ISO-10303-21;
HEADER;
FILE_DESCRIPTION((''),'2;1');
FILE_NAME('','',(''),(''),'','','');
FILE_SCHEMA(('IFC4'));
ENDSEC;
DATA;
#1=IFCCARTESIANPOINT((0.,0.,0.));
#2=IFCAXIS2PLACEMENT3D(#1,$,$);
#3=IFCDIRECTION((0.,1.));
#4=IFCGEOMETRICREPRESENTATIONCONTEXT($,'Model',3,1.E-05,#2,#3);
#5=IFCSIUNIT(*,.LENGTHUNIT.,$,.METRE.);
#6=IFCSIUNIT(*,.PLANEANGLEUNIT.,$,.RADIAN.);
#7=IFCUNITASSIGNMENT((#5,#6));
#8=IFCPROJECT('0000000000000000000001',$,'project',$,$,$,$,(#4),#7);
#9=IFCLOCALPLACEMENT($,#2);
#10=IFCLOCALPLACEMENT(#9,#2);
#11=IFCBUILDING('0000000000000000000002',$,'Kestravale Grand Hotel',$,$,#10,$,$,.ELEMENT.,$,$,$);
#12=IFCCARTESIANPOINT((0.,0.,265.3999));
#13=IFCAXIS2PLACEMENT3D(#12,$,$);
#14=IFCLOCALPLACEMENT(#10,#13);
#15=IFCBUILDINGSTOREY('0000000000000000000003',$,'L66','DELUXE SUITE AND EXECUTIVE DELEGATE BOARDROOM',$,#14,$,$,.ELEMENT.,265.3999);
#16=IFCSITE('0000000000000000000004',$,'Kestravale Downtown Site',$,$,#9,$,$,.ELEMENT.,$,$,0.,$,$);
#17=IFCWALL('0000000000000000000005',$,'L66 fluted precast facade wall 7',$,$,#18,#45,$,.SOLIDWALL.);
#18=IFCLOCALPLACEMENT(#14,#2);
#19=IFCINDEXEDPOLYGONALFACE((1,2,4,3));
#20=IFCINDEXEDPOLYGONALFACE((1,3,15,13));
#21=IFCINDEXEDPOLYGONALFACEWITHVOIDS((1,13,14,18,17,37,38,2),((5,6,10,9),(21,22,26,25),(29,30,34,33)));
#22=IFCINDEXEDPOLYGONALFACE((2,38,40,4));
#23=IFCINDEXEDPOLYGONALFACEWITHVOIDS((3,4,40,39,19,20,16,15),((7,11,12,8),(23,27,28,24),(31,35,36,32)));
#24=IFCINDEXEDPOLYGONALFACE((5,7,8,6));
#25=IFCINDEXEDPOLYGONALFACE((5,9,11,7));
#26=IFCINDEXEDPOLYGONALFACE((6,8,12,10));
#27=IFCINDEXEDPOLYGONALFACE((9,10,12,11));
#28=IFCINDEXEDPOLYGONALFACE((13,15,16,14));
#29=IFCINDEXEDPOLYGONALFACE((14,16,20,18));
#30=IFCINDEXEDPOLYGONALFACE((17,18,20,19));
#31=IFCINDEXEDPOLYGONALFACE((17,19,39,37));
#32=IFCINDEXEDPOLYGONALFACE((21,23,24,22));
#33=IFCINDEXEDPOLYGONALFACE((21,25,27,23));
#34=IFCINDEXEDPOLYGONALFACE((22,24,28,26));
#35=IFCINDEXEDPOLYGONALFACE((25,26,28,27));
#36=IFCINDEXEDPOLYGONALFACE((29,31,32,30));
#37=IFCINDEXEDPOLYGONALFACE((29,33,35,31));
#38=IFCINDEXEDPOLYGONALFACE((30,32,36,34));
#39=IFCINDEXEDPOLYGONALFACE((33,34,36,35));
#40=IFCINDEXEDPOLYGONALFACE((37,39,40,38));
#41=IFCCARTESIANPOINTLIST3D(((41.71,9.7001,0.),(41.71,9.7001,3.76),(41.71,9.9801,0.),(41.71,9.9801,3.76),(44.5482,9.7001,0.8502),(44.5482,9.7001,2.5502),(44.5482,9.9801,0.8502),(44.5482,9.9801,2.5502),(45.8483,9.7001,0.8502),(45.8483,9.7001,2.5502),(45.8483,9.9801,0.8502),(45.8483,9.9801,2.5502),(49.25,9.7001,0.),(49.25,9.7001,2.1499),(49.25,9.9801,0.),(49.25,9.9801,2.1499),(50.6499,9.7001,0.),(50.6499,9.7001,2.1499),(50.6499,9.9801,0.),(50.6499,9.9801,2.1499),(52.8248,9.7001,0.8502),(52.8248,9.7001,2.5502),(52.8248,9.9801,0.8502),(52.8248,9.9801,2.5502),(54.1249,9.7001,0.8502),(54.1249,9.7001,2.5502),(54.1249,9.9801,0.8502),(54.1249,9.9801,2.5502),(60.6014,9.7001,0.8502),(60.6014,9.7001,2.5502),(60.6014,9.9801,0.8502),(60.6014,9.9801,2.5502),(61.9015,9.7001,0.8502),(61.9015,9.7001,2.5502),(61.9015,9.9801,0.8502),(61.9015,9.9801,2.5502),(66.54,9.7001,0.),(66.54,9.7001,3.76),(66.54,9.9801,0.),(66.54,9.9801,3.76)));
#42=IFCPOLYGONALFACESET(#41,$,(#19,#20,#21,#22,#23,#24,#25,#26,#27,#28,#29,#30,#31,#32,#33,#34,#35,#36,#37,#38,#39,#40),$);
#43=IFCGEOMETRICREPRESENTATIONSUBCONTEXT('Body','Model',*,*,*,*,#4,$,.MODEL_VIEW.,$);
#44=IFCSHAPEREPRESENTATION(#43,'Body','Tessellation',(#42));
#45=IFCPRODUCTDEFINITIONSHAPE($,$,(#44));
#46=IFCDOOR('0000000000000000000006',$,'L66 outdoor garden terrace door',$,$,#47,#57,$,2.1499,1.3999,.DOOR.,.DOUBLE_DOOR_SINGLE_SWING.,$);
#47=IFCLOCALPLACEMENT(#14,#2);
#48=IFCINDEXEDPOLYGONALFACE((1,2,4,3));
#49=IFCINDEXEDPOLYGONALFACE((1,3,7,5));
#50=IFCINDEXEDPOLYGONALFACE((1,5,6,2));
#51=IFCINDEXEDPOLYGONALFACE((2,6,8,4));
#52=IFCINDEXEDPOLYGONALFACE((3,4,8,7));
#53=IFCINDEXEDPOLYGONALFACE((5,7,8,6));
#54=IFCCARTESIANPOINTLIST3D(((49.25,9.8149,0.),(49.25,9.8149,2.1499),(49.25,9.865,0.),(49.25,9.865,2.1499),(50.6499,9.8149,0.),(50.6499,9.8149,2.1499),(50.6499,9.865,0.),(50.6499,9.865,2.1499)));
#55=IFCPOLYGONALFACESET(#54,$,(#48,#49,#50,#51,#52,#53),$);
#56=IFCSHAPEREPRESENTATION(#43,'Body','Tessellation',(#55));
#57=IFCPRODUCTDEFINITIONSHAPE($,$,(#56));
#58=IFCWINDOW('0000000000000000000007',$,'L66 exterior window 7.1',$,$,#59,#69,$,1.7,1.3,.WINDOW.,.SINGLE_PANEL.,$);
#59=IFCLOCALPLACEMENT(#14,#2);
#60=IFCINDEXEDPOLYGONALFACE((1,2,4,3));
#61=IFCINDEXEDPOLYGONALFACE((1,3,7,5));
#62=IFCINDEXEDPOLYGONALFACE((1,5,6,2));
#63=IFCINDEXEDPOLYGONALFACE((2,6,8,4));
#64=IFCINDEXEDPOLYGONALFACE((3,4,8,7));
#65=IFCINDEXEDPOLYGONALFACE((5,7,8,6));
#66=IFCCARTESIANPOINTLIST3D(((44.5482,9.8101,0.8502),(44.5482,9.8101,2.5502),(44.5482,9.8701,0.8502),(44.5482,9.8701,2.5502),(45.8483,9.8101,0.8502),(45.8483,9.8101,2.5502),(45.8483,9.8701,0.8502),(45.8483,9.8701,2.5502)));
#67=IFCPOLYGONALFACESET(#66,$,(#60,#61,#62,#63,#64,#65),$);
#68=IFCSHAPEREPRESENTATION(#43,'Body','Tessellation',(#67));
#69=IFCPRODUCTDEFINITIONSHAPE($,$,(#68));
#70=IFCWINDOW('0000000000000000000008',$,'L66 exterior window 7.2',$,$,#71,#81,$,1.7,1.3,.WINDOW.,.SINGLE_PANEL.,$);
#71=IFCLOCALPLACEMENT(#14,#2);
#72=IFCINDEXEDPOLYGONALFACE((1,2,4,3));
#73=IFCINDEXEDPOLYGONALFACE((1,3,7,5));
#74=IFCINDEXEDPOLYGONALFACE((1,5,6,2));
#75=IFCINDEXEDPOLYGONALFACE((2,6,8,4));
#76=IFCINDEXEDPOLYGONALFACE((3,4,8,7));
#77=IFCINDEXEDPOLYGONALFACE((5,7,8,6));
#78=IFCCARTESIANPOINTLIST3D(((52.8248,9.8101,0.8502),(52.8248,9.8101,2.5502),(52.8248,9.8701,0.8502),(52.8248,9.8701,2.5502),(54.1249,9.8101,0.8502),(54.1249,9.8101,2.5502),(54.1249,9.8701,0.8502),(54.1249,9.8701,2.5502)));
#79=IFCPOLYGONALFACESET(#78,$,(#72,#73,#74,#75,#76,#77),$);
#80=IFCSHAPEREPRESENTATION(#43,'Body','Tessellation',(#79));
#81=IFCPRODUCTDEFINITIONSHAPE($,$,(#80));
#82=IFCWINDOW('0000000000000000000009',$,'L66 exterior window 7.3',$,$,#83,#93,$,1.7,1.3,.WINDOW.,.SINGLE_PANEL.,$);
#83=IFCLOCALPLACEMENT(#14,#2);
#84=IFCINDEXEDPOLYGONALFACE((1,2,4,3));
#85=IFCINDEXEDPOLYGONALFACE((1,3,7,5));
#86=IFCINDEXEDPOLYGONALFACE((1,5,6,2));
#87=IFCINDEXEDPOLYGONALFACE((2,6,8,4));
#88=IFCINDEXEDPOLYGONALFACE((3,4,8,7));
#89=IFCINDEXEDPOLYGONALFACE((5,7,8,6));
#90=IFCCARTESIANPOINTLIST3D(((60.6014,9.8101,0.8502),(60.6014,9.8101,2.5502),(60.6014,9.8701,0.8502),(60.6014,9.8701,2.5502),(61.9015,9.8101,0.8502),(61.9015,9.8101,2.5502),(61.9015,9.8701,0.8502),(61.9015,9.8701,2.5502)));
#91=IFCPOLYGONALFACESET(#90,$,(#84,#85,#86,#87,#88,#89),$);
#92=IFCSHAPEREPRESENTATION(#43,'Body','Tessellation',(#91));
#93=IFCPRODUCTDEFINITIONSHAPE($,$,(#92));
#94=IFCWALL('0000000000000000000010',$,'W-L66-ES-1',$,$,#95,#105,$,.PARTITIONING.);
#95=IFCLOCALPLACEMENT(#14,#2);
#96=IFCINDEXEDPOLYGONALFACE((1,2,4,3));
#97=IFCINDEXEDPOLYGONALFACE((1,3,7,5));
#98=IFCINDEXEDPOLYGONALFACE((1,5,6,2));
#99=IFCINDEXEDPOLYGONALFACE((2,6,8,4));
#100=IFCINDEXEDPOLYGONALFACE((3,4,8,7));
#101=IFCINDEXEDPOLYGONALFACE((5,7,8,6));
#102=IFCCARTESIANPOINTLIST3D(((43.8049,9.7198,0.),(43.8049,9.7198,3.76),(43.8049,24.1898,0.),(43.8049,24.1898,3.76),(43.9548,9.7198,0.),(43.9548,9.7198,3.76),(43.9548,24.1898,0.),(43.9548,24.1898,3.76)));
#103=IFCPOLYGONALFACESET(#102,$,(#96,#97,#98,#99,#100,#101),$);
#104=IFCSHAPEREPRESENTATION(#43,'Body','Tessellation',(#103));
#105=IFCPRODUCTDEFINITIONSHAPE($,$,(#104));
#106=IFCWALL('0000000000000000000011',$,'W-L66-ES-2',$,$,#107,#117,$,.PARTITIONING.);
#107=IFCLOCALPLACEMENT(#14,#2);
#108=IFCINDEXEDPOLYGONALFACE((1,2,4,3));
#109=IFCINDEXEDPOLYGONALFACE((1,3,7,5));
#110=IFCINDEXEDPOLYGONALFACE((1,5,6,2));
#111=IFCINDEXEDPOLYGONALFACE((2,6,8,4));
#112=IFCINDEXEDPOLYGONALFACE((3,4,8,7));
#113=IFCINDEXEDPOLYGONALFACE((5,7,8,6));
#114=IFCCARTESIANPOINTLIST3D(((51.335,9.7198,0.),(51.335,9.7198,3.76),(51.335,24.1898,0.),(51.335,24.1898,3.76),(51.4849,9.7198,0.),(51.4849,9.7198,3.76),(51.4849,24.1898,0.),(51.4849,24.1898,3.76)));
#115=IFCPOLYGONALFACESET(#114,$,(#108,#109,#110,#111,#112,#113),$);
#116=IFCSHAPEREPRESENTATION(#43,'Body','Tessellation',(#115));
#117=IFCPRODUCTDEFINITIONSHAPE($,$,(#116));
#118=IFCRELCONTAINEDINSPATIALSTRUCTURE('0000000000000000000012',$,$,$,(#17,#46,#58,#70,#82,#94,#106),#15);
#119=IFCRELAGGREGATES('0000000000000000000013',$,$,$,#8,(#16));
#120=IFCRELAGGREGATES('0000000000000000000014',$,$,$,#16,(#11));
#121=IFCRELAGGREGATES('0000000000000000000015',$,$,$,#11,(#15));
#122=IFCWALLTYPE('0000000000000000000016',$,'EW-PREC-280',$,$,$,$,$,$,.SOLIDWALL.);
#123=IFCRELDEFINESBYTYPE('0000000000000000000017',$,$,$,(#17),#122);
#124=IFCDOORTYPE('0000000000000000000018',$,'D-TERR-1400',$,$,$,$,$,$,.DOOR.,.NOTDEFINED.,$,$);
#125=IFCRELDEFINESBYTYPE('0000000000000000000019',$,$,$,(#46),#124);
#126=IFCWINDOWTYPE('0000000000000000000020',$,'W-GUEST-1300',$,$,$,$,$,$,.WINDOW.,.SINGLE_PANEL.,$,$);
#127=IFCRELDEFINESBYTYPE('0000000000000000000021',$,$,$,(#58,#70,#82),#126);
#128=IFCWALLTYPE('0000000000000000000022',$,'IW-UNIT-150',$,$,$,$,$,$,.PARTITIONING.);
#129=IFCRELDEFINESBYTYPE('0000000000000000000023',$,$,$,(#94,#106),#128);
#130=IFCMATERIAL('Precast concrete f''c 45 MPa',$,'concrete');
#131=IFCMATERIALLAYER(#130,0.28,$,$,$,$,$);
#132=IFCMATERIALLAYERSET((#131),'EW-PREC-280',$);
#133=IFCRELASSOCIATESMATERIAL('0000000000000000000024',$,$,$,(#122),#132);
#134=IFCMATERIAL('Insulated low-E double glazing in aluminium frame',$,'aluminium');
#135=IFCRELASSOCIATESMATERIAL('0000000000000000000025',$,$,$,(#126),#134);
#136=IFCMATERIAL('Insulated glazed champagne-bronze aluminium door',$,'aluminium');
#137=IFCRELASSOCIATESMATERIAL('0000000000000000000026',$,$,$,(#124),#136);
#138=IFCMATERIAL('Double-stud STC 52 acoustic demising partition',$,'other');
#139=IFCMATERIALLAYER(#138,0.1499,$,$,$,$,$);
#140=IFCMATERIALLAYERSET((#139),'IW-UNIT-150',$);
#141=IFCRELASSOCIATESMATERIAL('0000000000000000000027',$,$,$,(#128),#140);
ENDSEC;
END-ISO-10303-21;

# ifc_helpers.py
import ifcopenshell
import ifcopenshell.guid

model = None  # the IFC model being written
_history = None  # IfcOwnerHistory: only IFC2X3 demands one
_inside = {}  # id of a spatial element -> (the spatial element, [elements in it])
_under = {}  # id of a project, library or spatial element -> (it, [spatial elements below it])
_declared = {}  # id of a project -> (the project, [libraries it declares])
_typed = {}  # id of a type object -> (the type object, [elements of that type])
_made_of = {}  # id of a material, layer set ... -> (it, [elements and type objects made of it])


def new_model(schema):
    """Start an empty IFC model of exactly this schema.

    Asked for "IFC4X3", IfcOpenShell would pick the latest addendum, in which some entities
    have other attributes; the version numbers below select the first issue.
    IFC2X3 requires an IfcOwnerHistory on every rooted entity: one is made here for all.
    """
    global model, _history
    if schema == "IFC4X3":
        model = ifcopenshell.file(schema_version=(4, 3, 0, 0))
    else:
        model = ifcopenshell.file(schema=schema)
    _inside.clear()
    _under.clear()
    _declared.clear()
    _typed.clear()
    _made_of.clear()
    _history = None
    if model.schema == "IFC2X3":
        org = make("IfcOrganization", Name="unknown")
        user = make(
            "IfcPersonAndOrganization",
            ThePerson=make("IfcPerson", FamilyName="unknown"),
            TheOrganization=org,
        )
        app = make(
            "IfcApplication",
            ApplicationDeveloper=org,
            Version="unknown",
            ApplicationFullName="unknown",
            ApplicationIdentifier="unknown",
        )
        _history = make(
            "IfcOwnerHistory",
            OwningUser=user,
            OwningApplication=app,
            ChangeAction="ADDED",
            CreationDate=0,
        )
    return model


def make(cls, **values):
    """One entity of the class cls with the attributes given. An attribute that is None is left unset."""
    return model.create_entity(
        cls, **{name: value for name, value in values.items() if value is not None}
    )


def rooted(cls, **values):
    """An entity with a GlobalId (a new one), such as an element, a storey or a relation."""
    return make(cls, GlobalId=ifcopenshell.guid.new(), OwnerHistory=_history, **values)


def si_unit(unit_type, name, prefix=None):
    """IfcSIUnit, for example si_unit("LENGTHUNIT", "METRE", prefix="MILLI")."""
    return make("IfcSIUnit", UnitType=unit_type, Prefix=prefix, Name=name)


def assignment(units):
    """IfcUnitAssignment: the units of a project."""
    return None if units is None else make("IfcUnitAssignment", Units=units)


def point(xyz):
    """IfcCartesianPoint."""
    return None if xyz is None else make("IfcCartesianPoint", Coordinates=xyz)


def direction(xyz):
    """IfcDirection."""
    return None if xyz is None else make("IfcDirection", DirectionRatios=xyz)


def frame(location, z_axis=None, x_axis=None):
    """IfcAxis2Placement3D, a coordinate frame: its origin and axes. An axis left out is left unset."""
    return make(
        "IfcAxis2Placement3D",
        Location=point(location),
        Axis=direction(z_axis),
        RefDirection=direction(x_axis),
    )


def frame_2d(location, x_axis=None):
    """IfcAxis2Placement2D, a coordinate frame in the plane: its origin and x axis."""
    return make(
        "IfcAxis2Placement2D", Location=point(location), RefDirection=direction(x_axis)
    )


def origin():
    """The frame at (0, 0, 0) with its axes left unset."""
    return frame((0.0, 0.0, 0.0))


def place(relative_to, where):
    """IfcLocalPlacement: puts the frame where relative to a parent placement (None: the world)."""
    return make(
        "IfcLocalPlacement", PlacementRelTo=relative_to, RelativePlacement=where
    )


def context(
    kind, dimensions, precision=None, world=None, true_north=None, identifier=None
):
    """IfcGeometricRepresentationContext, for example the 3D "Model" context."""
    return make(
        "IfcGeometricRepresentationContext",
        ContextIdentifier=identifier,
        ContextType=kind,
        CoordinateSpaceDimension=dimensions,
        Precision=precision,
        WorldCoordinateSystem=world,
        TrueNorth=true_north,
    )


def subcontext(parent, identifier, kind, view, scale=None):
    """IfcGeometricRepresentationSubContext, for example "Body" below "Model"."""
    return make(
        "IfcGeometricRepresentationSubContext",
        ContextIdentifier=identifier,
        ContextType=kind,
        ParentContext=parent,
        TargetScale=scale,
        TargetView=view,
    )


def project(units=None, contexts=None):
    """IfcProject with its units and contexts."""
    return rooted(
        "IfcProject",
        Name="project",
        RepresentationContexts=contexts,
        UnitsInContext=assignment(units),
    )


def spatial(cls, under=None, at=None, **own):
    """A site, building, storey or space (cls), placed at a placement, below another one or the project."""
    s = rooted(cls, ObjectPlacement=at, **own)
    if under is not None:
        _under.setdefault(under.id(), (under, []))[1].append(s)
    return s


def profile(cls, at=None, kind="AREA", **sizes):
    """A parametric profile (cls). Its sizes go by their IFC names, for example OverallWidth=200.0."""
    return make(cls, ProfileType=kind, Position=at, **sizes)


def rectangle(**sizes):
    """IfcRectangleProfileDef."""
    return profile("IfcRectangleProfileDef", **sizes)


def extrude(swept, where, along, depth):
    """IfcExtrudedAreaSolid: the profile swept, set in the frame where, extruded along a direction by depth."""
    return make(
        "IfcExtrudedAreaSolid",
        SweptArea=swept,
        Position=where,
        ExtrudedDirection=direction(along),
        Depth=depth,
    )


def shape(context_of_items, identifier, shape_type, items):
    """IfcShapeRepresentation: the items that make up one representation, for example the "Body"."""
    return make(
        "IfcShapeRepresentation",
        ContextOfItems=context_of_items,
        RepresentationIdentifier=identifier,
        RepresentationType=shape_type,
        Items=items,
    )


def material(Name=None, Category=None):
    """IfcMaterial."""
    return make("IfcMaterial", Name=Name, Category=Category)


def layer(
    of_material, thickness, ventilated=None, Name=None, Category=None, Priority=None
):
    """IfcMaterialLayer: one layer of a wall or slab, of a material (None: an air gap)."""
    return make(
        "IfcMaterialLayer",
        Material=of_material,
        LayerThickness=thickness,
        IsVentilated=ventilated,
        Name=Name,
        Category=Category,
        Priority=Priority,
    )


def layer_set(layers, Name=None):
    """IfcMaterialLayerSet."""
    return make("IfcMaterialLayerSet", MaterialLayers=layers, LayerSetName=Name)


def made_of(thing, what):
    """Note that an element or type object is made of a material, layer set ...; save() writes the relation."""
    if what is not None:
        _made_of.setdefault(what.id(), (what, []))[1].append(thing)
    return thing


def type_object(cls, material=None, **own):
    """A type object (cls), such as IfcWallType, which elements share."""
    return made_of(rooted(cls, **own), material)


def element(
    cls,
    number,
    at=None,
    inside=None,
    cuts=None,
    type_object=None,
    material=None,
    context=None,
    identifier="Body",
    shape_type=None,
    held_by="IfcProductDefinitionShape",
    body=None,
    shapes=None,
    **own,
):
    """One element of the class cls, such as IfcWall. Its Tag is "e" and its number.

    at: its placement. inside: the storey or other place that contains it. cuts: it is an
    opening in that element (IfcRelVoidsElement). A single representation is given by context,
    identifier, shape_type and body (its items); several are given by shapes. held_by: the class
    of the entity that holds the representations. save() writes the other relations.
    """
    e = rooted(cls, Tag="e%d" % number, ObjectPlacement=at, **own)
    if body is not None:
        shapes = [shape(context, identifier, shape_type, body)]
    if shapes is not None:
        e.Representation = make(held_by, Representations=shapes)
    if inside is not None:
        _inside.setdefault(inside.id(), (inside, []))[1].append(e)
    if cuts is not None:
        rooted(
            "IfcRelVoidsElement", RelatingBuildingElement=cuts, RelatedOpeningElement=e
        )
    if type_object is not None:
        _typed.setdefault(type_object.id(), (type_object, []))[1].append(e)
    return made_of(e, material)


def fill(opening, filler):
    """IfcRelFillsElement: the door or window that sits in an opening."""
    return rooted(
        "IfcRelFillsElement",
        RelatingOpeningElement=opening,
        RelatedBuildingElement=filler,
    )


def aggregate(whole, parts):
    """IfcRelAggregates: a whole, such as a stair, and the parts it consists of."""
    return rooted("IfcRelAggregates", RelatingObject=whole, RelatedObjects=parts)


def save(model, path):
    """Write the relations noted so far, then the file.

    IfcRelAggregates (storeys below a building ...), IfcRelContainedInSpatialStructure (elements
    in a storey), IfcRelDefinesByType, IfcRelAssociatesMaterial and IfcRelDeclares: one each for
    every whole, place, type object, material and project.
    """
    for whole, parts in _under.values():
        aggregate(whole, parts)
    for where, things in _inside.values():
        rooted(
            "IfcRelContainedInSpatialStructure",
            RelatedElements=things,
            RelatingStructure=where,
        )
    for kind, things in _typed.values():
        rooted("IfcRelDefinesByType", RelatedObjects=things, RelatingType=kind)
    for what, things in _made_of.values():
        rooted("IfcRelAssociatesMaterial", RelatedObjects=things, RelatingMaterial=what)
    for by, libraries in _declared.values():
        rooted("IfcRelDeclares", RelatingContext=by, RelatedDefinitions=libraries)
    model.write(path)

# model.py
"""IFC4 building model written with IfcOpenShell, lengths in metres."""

from ifc_helpers import new_model, si_unit, direction, frame, frame_2d, origin, place, context, subcontext, project, spatial, rectangle, extrude, material, layer, layer_set, type_object, element, fill, save


model = new_model("IFC4")

# Units and contexts
model_context = context("Model", 3, precision=1e-05, world=origin(), true_north=direction((0.0, 1.0)))
body_context = subcontext(model_context, "Body", "Model", "MODEL_VIEW")
ifc_project = project(units=[si_unit("LENGTHUNIT", "METRE"), si_unit("PLANEANGLEUNIT", "RADIAN")], contexts=[model_context])

# Site, building, storey
site_placement = place(None, origin())
site = spatial("IfcSite", under=ifc_project, at=site_placement, Name="Kestravale Downtown Site", CompositionType="ELEMENT", RefElevation=0.0)
building_placement = place(site_placement, origin())
building = spatial("IfcBuilding", under=site, at=building_placement, Name="Kestravale Grand Hotel", CompositionType="ELEMENT")
storey_placement = place(building_placement, frame((0.0, 0.0, 265.3999)))
storey = spatial("IfcBuildingStorey", under=building, at=storey_placement, Name="L66", Description="DELUXE SUITE AND EXECUTIVE DELEGATE BOARDROOM", CompositionType="ELEMENT", Elevation=265.3999)

# Shared definitions
ifc_material_1 = material(Name="Precast concrete f'c 45 MPa", Category="concrete")
ifc_layer_1 = layer(ifc_material_1, 0.28)
ifc_layer_set_1 = layer_set([ifc_layer_1], Name="EW-PREC-280")
wall_type_1 = type_object("IfcWallType", Name="EW-PREC-280", PredefinedType="SOLIDWALL", material=ifc_layer_set_1)
ifc_material_2 = material(Name="Insulated low-E double glazing in aluminium frame", Category="aluminium")
window_type = type_object("IfcWindowType", Name="W-GUEST-1300", PartitioningType="SINGLE_PANEL", PredefinedType="WINDOW", material=ifc_material_2)

# Wall, openings, door, windows
wall_1_placement = place(storey_placement, frame((41.71, 9.8401, 0.0), z_axis=(0.0, 0.0, 1.0), x_axis=(1.0, 0.0, 0.0)))
wall_1 = element("IfcWall", 1, at=wall_1_placement, inside=storey, type_object=wall_type_1, Name="L66 fluted precast facade wall 7", PredefinedType="SOLIDWALL", context=body_context, shape_type="SweptSolid", body=[
    extrude(rectangle(XDim=24.8301, YDim=0.28, at=frame_2d((12.415, 0.0))), origin(), (0.0, 0.0, 1.0), 3.76),
])
opening_1_placement = place(wall_1_placement, frame((7.54, 0.0, 0.0)))
opening_1 = element("IfcOpeningElement", 2, at=opening_1_placement, cuts=wall_1, PredefinedType="OPENING", context=body_context, shape_type="SweptSolid", body=[
    extrude(rectangle(XDim=1.3999, YDim=2.1499, at=frame_2d((0.7, 1.075))), frame((0.0, 0.1499, 0.0), z_axis=(0.0, -1.0, 0.0), x_axis=(1.0, 0.0, 0.0)), (0.0, 0.0, 1.0), 0.3),
])
opening_2_placement = place(wall_1_placement, frame((2.8384, 0.0, 0.8501)))
opening_2 = element("IfcOpeningElement", 3, at=opening_2_placement, cuts=wall_1, PredefinedType="OPENING", context=body_context, shape_type="SweptSolid", body=[
    extrude(rectangle(XDim=1.3, YDim=1.7, at=frame_2d((0.6499, 0.8501))), frame((0.0, 0.1499, 0.0), z_axis=(0.0, -1.0, 0.0), x_axis=(1.0, 0.0, 0.0)), (0.0, 0.0, 1.0), 0.3),
])
opening_3_placement = place(wall_1_placement, frame((11.115, 0.0, 0.8501)))
opening_3 = element("IfcOpeningElement", 4, at=opening_3_placement, cuts=wall_1, PredefinedType="OPENING", context=body_context, shape_type="SweptSolid", body=[
    extrude(rectangle(XDim=1.3, YDim=1.7, at=frame_2d((0.6499, 0.8501))), frame((0.0, 0.1499, 0.0), z_axis=(0.0, -1.0, 0.0), x_axis=(1.0, 0.0, 0.0)), (0.0, 0.0, 1.0), 0.3),
])
opening_4_placement = place(wall_1_placement, frame((18.8916, 0.0, 0.8501)))
opening_4 = element("IfcOpeningElement", 5, at=opening_4_placement, cuts=wall_1, PredefinedType="OPENING", context=body_context, shape_type="SweptSolid", body=[
    extrude(rectangle(XDim=1.3, YDim=1.7, at=frame_2d((0.6499, 0.8501))), frame((0.0, 0.1499, 0.0), z_axis=(0.0, -1.0, 0.0), x_axis=(1.0, 0.0, 0.0)), (0.0, 0.0, 1.0), 0.3),
])
ifc_material_3 = material(Name="Insulated glazed champagne-bronze aluminium door", Category="aluminium")
door_type = type_object("IfcDoorType", Name="D-TERR-1400", OperationType="NOTDEFINED", PredefinedType="DOOR", material=ifc_material_3)
door_placement = place(opening_1_placement, origin())
door = element("IfcDoor", 6, at=door_placement, inside=storey, type_object=door_type, Name="L66 outdoor garden terrace door", OperationType="DOUBLE_DOOR_SINGLE_SWING", OverallHeight=2.1499, OverallWidth=1.3999, PredefinedType="DOOR", context=body_context, shape_type="SweptSolid", body=[
    extrude(rectangle(XDim=1.3999, YDim=2.1499, at=frame_2d((0.7, 1.075))), frame((0.0, 0.0249, 0.0), z_axis=(0.0, -1.0, 0.0), x_axis=(1.0, 0.0, 0.0)), (0.0, 0.0, 1.0), 0.05),
])
fill(opening_1, door)
window_1_placement = place(opening_2_placement, origin())
window_1 = element("IfcWindow", 7, at=window_1_placement, inside=storey, type_object=window_type, Name="L66 exterior window 7.1", OverallHeight=1.7, OverallWidth=1.3, PartitioningType="SINGLE_PANEL", PredefinedType="WINDOW", context=body_context, shape_type="SweptSolid", body=[
    extrude(rectangle(XDim=1.3, YDim=1.7, at=frame_2d((0.6499, 0.8501))), frame((0.0, 0.03, 0.0), z_axis=(0.0, -1.0, 0.0), x_axis=(1.0, 0.0, 0.0)), (0.0, 0.0, 1.0), 0.0601),
])
fill(opening_2, window_1)
window_2_placement = place(opening_3_placement, origin())
window_2 = element("IfcWindow", 8, at=window_2_placement, inside=storey, type_object=window_type, Name="L66 exterior window 7.2", OverallHeight=1.7, OverallWidth=1.3, PartitioningType="SINGLE_PANEL", PredefinedType="WINDOW", context=body_context, shape_type="SweptSolid", body=[
    extrude(rectangle(XDim=1.3, YDim=1.7, at=frame_2d((0.6499, 0.8501))), frame((0.0, 0.03, 0.0), z_axis=(0.0, -1.0, 0.0), x_axis=(1.0, 0.0, 0.0)), (0.0, 0.0, 1.0), 0.0601),
])
fill(opening_3, window_2)
window_3_placement = place(opening_4_placement, origin())
window_3 = element("IfcWindow", 9, at=window_3_placement, inside=storey, type_object=window_type, Name="L66 exterior window 7.3", OverallHeight=1.7, OverallWidth=1.3, PartitioningType="SINGLE_PANEL", PredefinedType="WINDOW", context=body_context, shape_type="SweptSolid", body=[
    extrude(rectangle(XDim=1.3, YDim=1.7, at=frame_2d((0.6499, 0.8501))), frame((0.0, 0.03, 0.0), z_axis=(0.0, -1.0, 0.0), x_axis=(1.0, 0.0, 0.0)), (0.0, 0.0, 1.0), 0.0601),
])
fill(opening_4, window_3)

# Walls
ifc_material_4 = material(Name="Double-stud STC 52 acoustic demising partition", Category="other")
ifc_layer_2 = layer(ifc_material_4, 0.1499)
ifc_layer_set_2 = layer_set([ifc_layer_2], Name="IW-UNIT-150")
wall_type_2 = type_object("IfcWallType", Name="IW-UNIT-150", PredefinedType="PARTITIONING", material=ifc_layer_set_2)
for number, where, z_axis, x_axis, name in (
    (10, (43.8799, 9.72, 0.0), (0.0, 0.0, 1.0), (0.0, 1.0, 0.0), "W-L66-ES-1"),
    (11, (51.4099, 9.72, 0.0), (0.0, 0.0, 1.0), (0.0, 1.0, 0.0), "W-L66-ES-2"),
):
    element("IfcWall", number, at=place(storey_placement, frame(where, z_axis=z_axis, x_axis=x_axis)), inside=storey, type_object=wall_type_2, Name=name, PredefinedType="PARTITIONING", context=body_context, shape_type="SweptSolid", body=[
        extrude(rectangle(XDim=14.47, YDim=0.1499, at=frame_2d((7.2349, 0.0))), origin(), (0.0, 0.0, 1.0), 3.76),
    ])

save(model, "model.ifc")
